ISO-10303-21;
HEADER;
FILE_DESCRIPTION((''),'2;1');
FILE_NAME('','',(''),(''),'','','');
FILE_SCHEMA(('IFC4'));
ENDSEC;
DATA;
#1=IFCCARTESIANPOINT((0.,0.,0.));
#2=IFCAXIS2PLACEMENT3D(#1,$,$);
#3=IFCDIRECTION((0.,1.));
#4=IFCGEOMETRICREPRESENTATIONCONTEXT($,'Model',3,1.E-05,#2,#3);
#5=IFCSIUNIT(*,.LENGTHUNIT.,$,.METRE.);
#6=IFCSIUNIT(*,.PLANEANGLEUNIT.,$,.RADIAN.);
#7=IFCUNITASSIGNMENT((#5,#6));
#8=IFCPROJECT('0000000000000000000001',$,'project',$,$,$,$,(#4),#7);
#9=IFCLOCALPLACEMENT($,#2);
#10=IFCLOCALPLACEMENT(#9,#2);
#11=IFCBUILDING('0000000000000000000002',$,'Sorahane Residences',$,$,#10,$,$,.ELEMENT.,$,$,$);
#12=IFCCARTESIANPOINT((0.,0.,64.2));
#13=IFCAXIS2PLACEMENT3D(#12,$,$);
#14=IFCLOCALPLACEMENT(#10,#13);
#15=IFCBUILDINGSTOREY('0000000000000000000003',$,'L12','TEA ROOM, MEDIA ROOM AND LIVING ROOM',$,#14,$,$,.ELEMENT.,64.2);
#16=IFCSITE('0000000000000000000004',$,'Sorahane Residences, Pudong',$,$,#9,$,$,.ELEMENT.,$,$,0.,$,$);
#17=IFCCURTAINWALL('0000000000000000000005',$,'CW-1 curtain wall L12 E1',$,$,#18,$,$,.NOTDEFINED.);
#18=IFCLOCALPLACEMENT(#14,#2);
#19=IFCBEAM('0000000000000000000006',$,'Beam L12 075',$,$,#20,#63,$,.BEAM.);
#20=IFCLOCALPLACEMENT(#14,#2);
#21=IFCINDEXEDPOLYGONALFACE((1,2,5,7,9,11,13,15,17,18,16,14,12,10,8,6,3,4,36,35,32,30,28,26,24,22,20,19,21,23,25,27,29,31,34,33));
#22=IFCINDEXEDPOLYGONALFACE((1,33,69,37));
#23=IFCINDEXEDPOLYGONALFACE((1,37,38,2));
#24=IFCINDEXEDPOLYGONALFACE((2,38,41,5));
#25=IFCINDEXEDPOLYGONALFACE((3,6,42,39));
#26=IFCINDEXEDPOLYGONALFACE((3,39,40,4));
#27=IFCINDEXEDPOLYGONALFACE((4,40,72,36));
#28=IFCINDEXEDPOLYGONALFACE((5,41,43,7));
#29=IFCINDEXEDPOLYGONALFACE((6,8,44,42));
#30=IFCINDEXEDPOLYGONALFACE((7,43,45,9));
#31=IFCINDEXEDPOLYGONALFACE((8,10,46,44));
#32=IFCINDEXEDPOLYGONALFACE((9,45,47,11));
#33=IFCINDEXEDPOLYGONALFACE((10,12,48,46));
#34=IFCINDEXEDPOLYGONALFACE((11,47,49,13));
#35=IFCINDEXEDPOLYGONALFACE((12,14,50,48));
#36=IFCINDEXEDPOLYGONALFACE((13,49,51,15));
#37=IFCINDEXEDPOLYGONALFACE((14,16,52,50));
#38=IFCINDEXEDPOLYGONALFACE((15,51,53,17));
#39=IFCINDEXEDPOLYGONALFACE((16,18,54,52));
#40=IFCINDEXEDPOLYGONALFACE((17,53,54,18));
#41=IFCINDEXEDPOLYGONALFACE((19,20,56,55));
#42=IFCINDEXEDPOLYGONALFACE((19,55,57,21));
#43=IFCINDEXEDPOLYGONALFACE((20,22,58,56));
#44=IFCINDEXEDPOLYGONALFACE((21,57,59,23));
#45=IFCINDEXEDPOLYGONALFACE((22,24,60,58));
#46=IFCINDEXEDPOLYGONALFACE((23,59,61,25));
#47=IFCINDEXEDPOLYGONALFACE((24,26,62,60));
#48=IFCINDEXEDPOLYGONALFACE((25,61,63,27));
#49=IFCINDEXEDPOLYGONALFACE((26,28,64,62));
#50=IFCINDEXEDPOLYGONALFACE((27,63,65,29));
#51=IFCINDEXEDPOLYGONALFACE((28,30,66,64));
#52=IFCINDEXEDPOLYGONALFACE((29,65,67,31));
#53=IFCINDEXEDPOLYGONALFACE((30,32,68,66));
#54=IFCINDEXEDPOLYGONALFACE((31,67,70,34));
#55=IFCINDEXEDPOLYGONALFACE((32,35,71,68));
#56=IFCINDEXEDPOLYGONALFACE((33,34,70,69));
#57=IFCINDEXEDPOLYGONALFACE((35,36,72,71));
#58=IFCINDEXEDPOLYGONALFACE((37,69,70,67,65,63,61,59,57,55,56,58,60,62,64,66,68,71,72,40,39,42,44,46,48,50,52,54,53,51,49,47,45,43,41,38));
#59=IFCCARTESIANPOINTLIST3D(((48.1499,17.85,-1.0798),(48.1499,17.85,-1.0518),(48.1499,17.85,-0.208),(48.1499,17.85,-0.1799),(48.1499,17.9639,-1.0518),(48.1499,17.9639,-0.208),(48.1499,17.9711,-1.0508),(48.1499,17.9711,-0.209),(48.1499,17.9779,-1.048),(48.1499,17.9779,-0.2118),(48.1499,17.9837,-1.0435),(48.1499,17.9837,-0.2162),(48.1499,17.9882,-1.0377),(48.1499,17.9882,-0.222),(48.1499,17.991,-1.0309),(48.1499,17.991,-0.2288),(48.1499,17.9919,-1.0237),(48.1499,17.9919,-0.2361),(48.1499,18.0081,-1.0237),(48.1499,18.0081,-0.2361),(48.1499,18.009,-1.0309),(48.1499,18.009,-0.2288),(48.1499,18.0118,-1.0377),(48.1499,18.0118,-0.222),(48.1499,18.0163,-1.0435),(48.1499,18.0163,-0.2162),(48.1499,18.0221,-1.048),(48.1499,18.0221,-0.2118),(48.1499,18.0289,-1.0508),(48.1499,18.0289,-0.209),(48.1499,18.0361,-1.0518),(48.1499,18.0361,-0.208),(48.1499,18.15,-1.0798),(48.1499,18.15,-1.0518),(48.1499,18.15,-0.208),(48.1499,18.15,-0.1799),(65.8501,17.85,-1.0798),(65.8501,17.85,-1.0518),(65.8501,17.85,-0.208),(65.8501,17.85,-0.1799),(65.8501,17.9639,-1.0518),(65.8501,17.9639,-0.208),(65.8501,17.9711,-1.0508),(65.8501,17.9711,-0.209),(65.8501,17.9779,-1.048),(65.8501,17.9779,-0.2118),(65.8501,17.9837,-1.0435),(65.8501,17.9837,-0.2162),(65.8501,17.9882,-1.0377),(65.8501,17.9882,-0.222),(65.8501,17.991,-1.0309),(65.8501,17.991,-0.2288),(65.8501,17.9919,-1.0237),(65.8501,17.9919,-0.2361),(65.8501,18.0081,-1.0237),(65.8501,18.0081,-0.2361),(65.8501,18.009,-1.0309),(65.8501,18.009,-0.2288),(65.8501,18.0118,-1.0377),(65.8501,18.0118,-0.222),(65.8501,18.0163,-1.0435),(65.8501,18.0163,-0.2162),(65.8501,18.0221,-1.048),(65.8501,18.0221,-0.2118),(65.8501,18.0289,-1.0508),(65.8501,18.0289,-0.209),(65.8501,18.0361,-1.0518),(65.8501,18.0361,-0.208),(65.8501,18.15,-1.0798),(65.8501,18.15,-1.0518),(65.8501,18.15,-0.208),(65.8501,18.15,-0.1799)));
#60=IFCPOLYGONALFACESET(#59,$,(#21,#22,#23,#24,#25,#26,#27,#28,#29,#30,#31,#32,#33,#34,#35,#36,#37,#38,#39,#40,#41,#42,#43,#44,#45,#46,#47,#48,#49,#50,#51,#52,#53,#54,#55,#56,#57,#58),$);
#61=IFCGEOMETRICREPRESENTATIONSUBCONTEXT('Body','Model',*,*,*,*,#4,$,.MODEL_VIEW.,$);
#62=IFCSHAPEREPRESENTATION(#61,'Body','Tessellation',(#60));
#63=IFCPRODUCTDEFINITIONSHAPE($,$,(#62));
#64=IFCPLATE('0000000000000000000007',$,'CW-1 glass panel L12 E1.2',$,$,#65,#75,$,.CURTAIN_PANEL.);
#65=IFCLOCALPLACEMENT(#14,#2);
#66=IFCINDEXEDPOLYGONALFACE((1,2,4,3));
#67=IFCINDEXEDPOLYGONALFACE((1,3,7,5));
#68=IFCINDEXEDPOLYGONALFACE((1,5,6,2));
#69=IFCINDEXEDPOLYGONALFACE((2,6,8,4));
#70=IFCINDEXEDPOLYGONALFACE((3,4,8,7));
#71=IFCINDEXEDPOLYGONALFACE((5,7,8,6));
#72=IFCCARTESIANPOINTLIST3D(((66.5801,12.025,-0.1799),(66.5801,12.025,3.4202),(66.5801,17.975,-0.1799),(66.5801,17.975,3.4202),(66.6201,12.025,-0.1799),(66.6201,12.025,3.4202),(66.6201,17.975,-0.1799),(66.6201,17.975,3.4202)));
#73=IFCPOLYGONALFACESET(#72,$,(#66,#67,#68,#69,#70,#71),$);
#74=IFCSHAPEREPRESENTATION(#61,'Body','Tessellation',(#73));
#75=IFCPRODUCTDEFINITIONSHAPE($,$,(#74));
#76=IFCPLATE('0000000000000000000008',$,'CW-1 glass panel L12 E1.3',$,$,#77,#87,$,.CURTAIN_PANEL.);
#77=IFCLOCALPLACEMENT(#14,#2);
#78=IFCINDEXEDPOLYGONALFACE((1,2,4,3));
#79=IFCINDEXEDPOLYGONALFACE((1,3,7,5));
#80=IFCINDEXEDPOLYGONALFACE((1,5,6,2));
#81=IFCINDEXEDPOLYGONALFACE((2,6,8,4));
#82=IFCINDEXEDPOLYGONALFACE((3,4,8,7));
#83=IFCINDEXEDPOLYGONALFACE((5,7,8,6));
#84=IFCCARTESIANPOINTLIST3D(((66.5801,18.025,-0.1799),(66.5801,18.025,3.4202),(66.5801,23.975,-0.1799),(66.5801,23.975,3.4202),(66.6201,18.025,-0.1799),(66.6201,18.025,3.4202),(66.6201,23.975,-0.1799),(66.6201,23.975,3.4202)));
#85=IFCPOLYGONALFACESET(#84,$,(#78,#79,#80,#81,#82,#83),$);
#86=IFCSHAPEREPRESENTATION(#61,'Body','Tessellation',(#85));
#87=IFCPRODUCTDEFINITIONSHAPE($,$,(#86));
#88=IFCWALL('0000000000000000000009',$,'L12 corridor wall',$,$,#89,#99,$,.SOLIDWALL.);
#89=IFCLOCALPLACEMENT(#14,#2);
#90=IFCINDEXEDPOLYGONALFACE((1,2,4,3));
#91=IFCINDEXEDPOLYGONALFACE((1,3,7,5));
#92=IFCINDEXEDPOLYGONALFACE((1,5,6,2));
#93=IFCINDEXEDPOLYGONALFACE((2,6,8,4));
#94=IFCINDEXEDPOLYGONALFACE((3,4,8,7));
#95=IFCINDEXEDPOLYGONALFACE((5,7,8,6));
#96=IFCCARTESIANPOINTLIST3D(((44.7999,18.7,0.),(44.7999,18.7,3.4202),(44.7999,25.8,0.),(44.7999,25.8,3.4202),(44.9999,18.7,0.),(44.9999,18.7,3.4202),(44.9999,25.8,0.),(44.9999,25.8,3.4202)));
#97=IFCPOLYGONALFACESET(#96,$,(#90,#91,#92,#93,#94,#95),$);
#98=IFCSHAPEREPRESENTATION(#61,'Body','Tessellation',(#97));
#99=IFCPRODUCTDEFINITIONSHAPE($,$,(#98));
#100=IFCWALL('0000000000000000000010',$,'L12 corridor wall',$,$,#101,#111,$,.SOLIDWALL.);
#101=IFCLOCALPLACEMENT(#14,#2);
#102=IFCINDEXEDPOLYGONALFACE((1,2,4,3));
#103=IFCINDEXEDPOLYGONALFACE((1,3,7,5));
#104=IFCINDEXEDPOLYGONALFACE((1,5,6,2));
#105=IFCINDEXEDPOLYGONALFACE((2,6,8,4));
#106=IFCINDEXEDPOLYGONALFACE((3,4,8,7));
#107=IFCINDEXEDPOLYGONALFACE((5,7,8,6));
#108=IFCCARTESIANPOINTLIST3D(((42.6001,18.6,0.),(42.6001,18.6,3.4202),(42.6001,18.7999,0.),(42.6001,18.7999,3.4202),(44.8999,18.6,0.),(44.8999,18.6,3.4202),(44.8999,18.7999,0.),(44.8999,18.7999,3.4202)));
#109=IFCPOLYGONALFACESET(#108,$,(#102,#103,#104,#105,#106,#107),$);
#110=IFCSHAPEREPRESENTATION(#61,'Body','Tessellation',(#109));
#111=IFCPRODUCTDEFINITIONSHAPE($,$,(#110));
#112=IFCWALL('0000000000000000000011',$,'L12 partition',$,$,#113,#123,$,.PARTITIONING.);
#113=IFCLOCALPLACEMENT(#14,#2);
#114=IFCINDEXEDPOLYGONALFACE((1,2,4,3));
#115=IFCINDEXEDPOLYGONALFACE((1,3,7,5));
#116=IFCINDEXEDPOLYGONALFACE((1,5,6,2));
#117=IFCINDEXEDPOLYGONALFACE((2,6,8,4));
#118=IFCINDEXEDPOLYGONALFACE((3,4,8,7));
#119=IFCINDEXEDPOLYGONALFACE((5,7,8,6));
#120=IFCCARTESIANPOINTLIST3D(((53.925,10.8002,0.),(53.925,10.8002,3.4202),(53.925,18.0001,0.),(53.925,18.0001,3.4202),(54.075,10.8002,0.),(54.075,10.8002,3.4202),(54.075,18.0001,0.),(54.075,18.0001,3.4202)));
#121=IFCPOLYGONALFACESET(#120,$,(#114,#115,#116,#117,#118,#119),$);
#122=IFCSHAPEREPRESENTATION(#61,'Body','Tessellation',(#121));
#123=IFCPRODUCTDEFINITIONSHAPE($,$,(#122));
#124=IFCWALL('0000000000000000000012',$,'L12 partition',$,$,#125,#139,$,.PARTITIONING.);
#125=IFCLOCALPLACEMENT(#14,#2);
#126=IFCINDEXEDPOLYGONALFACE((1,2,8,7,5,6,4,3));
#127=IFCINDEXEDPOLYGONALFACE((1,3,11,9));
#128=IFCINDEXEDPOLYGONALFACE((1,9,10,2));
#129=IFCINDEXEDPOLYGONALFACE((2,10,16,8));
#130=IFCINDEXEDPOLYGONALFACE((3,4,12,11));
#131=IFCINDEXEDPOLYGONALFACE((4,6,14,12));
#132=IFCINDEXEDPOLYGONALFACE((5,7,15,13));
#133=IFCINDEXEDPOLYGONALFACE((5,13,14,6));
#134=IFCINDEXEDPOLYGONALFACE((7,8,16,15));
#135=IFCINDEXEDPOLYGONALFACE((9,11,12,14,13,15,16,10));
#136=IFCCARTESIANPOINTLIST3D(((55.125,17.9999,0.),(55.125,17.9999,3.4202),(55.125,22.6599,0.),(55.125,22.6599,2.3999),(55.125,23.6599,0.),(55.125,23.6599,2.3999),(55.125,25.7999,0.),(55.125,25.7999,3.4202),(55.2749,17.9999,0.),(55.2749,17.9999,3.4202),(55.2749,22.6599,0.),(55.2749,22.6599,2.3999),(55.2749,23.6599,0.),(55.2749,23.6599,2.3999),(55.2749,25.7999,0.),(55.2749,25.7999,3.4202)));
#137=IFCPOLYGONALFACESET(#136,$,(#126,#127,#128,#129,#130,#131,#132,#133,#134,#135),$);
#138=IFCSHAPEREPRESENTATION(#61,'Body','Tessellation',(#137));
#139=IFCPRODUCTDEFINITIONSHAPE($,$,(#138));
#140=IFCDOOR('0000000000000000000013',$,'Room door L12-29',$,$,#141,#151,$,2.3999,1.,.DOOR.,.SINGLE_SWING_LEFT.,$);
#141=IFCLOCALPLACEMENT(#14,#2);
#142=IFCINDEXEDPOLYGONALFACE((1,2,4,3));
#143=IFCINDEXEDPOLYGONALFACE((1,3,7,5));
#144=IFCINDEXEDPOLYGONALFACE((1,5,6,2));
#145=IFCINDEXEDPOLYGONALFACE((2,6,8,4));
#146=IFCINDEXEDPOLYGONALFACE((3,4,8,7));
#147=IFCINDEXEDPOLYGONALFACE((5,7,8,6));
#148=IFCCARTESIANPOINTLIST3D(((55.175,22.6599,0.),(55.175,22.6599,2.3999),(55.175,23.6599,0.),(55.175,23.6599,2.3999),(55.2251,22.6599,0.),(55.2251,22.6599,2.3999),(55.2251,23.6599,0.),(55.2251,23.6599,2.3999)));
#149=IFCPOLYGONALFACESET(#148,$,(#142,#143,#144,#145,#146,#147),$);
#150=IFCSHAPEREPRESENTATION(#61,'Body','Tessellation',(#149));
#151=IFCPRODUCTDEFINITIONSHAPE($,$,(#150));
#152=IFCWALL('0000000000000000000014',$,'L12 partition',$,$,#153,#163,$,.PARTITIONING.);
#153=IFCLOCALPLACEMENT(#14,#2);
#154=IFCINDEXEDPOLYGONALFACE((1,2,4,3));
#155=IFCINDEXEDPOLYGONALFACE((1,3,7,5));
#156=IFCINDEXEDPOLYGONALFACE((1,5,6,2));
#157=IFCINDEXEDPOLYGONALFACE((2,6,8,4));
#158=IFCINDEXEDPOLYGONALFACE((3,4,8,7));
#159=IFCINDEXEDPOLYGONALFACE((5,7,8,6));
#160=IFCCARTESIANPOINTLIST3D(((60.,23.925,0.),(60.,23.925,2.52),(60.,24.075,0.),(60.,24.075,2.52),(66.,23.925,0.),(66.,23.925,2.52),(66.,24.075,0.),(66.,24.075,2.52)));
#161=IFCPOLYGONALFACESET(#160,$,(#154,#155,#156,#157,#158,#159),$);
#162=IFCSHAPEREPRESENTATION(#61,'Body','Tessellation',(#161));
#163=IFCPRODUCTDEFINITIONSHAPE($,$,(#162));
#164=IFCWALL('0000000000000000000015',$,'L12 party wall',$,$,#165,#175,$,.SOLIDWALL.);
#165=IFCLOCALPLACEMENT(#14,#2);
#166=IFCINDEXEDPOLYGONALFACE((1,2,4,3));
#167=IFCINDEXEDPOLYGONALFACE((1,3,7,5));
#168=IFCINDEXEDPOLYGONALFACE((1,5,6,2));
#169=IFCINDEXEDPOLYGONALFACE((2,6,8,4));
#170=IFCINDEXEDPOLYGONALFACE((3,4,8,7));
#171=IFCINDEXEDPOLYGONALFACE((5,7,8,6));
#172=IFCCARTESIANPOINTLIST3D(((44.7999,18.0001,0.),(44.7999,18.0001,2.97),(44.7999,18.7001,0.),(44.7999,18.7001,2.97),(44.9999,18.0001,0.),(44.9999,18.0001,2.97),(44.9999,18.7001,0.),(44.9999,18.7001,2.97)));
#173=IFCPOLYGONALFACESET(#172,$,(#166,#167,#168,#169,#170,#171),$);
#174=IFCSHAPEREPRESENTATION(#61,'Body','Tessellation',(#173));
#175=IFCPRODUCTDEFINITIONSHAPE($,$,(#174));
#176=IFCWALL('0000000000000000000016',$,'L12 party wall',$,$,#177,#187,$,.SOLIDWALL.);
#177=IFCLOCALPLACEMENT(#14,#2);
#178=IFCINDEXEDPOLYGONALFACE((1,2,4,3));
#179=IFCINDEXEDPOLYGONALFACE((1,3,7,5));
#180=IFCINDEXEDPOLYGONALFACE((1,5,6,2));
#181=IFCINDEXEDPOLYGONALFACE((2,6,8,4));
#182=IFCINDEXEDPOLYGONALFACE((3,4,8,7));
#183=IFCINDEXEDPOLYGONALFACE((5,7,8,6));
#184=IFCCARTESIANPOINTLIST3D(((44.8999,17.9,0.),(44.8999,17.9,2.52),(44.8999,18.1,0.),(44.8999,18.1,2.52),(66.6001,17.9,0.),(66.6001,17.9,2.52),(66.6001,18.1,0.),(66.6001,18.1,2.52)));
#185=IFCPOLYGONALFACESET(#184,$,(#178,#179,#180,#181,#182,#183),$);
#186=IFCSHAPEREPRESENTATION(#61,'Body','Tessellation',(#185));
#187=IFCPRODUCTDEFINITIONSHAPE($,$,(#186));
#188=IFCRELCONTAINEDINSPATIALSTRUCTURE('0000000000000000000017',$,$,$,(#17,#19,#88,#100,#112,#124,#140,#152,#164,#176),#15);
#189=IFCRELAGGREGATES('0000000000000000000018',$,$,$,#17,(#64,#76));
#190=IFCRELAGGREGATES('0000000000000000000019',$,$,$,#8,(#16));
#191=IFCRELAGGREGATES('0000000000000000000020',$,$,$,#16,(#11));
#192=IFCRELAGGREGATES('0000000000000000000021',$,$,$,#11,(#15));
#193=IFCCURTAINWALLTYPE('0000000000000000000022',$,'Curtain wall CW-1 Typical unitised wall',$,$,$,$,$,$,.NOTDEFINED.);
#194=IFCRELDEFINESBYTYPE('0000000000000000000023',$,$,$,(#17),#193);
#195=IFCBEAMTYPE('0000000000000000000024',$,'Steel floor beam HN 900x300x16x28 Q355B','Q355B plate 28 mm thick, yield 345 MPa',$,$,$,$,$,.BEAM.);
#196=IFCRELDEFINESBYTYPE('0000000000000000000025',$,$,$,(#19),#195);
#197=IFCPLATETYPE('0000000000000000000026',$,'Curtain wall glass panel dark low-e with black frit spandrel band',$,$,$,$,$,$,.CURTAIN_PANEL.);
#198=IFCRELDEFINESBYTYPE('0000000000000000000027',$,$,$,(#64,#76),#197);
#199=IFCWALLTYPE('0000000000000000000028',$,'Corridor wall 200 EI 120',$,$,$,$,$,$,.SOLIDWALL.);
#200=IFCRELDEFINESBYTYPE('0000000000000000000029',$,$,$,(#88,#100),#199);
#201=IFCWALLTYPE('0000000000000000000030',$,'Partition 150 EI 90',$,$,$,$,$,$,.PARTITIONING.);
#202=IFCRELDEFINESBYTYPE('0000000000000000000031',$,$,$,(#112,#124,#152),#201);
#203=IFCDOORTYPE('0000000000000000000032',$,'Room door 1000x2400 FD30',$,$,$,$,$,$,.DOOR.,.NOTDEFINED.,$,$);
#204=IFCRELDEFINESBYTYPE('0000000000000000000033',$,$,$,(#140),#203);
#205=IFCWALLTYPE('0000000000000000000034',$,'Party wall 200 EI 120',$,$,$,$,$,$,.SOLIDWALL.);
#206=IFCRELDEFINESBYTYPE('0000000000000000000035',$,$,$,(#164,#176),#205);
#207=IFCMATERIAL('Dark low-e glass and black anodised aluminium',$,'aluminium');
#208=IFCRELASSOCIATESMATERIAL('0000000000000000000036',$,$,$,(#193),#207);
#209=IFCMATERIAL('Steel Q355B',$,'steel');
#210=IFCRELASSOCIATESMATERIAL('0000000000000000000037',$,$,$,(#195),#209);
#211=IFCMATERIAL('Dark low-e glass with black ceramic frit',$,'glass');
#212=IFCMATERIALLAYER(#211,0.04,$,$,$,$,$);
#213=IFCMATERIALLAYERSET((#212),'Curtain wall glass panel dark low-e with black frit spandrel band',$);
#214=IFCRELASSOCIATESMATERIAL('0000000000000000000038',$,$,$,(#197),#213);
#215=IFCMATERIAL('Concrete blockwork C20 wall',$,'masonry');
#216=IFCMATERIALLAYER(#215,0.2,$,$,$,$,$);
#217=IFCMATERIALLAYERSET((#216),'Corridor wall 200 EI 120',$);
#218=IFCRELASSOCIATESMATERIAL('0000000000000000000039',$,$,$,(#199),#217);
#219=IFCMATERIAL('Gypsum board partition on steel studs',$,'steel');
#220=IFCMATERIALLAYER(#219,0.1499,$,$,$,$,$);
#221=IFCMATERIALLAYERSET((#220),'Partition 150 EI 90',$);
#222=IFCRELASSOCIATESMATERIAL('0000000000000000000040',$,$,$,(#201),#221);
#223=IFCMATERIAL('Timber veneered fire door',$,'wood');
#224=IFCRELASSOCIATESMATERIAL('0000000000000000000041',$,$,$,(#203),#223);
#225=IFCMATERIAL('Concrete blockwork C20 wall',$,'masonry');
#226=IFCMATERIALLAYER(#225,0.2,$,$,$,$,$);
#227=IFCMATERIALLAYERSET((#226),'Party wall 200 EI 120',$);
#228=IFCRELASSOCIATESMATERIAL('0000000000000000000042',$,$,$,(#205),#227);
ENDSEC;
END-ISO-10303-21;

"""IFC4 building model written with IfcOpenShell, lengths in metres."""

from ifc_helpers import new_model, si_unit, direction, frame, frame_2d, origin, origin_2d, place, context, subcontext, project, spatial, rectangle, i_section, extrude, material, layer, layer_set, material_profile, profile_set, type_object, element, fill, aggregate, save


model = new_model("IFC4")

# Units and contexts
model_context = context("Model", 3, precision=1e-05, world=origin(), true_north=direction((0.0, 1.0)))
body_context = subcontext(model_context, "Body", "Model", "MODEL_VIEW")
ifc_project = project(units=[si_unit("LENGTHUNIT", "METRE"), si_unit("PLANEANGLEUNIT", "RADIAN")], contexts=[model_context])

# Site, building, storey
site_placement = place(None, origin())
site = spatial("IfcSite", under=ifc_project, at=site_placement, Name="Sorahane Residences, Pudong", CompositionType="ELEMENT", RefElevation=0.0)
building_placement = place(site_placement, origin())
building = spatial("IfcBuilding", under=site, at=building_placement, Name="Sorahane Residences", CompositionType="ELEMENT")
storey_placement = place(building_placement, frame((0.0, 0.0, 64.2)))
storey = spatial("IfcBuildingStorey", under=building, at=storey_placement, Name="L12", Description="TEA ROOM, MEDIA ROOM AND LIVING ROOM", CompositionType="ELEMENT", Elevation=64.2)

# Curtain wall
ifc_material_1 = material(Name="Dark low-e glass and black anodised aluminium", Category="aluminium")
curtain_wall_type = type_object("IfcCurtainWallType", Name="Curtain wall CW-1 Typical unitised wall", PredefinedType="NOTDEFINED", material=ifc_material_1)
curtain_wall_placement = place(storey_placement, origin())
curtain_wall = element("IfcCurtainWall", 1, at=curtain_wall_placement, inside=storey, type_object=curtain_wall_type, Name="CW-1 curtain wall L12 E1", PredefinedType="NOTDEFINED")

# Beam
ifc_material_2 = material(Name="Steel Q355B", Category="steel")
ifc_material_profile_1 = material_profile(ifc_material_2, i_section(OverallWidth=0.3, OverallDepth=0.8999, WebThickness=0.0161, FlangeThickness=0.0281, FilletRadius=0.0281, at=origin_2d()), Name="HN 900x300x16x28")
ifc_profile_set_1 = profile_set([ifc_material_profile_1], Name="Steel Q355B")
beam_type_1 = type_object("IfcBeamType", Name="Steel floor beam HN 900x300x16x28 Q355B", Description="Q355B plate 28 mm thick, yield 345 MPa", PredefinedType="BEAM", material=ifc_profile_set_1)
beam_1_placement = place(storey_placement, frame((48.1499, 18.0, -0.6299), z_axis=(1.0, 0.0, 0.0), x_axis=(0.0, 1.0, 0.0)))
element("IfcBeam", 2, at=beam_1_placement, inside=storey, type_object=beam_type_1, Name="Beam L12 075", PredefinedType="BEAM", context=body_context, shape_type="SweptSolid", body=[
    extrude(i_section(OverallWidth=0.3, OverallDepth=0.8999, WebThickness=0.0161, FlangeThickness=0.0281, FilletRadius=0.0281, at=origin_2d()), origin(), (0.0, 0.0, 1.0), 17.7002),
])

# Plates
ifc_material_3 = material(Name="Dark low-e glass with black ceramic frit", Category="glass")
ifc_layer_1 = layer(ifc_material_3, 0.04)
ifc_layer_set_1 = layer_set([ifc_layer_1], Name="Curtain wall glass panel dark low-e with black frit spandrel band")
plate_type = type_object("IfcPlateType", Name="Curtain wall glass panel dark low-e with black frit spandrel band", PredefinedType="CURTAIN_PANEL", material=ifc_layer_set_1)
plate_1_placement = place(storey_placement, frame((66.6001, 15.0, -0.1799), z_axis=(0.0, 0.0, 1.0), x_axis=(0.0, 1.0, 0.0)))
plate_1 = element("IfcPlate", 3, at=plate_1_placement, type_object=plate_type, Name="CW-1 glass panel L12 E1.2", PredefinedType="CURTAIN_PANEL", context=body_context, shape_type="SweptSolid", body=[
    extrude(rectangle(XDim=5.95, YDim=0.04, at=origin_2d()), origin(), (0.0, 0.0, 1.0), 3.6001),
])
plate_2_placement = place(storey_placement, frame((66.6001, 21.0, -0.1799), z_axis=(0.0, 0.0, 1.0), x_axis=(0.0, 1.0, 0.0)))
plate_2 = element("IfcPlate", 4, at=plate_2_placement, type_object=plate_type, Name="CW-1 glass panel L12 E1.3", PredefinedType="CURTAIN_PANEL", context=body_context, shape_type="SweptSolid", body=[
    extrude(rectangle(XDim=5.95, YDim=0.04, at=origin_2d()), origin(), (0.0, 0.0, 1.0), 3.6001),
])
aggregate(curtain_wall, [plate_1, plate_2])

# Walls
ifc_material_4 = material(Name="Concrete blockwork C20 wall", Category="masonry")
ifc_layer_2 = layer(ifc_material_4, 0.2)
ifc_layer_set_2 = layer_set([ifc_layer_2], Name="Corridor wall 200 EI 120")
wall_type_1 = type_object("IfcWallType", Name="Corridor wall 200 EI 120", PredefinedType="SOLIDWALL", material=ifc_layer_set_2)
wall_1_placement = place(storey_placement, frame((44.8999, 18.7, 0.0), z_axis=(0.0, 0.0, 1.0), x_axis=(0.0, 1.0, 0.0)))
element("IfcWall", 5, at=wall_1_placement, inside=storey, type_object=wall_type_1, Name="L12 corridor wall", PredefinedType="SOLIDWALL", context=body_context, shape_type="SweptSolid", body=[
    extrude(rectangle(XDim=7.1001, YDim=0.2, at=frame_2d((3.55, 0.0))), origin(), (0.0, 0.0, 1.0), 3.4202),
])
wall_2_placement = place(storey_placement, frame((42.6001, 18.7, 0.0), z_axis=(0.0, 0.0, 1.0), x_axis=(1.0, 0.0, 0.0)))
element("IfcWall", 6, at=wall_2_placement, inside=storey, type_object=wall_type_1, Name="L12 corridor wall", PredefinedType="SOLIDWALL", context=body_context, shape_type="SweptSolid", body=[
    extrude(rectangle(XDim=2.2998, YDim=0.2, at=frame_2d((1.1499, 0.0))), origin(), (0.0, 0.0, 1.0), 3.4202),
])
ifc_material_5 = material(Name="Gypsum board partition on steel studs", Category="steel")
ifc_layer_3 = layer(ifc_material_5, 0.1499)
ifc_layer_set_3 = layer_set([ifc_layer_3], Name="Partition 150 EI 90")
wall_type_2 = type_object("IfcWallType", Name="Partition 150 EI 90", PredefinedType="PARTITIONING", material=ifc_layer_set_3)
wall_3_placement = place(storey_placement, frame((54.0, 10.8, 0.0), z_axis=(0.0, 0.0, 1.0), x_axis=(0.0, 1.0, 0.0)))
element("IfcWall", 7, at=wall_3_placement, inside=storey, type_object=wall_type_2, Name="L12 partition", PredefinedType="PARTITIONING", context=body_context, shape_type="SweptSolid", body=[
    extrude(rectangle(XDim=7.2, YDim=0.1499, at=frame_2d((3.6001, 0.0))), origin(), (0.0, 0.0, 1.0), 3.4202),
])

# Wall, opening, door
wall_4_placement = place(storey_placement, frame((55.2, 18.0, 0.0), z_axis=(0.0, 0.0, 1.0), x_axis=(0.0, 1.0, 0.0)))
wall_4 = element("IfcWall", 8, at=wall_4_placement, inside=storey, type_object=wall_type_2, Name="L12 partition", PredefinedType="PARTITIONING", context=body_context, shape_type="SweptSolid", body=[
    extrude(rectangle(XDim=7.8, YDim=0.1499, at=frame_2d((3.8999, 0.0))), origin(), (0.0, 0.0, 1.0), 3.4202),
])
opening_1_placement = place(wall_4_placement, frame((4.6599, 0.0, 0.0)))
opening_1 = element("IfcOpeningElement", 9, at=opening_1_placement, cuts=wall_4, PredefinedType="OPENING", context=body_context, shape_type="SweptSolid", body=[
    extrude(rectangle(XDim=1.0, YDim=2.3999, at=frame_2d((0.5, 1.2))), frame((0.0, 0.085, 0.0), z_axis=(0.0, -1.0, 0.0), x_axis=(1.0, 0.0, 0.0)), (0.0, 0.0, 1.0), 0.1699),
])
ifc_material_6 = material(Name="Timber veneered fire door", Category="wood")
door_type_1 = type_object("IfcDoorType", Name="Room door 1000x2400 FD30", OperationType="NOTDEFINED", PredefinedType="DOOR", material=ifc_material_6)
door_1_placement = place(opening_1_placement, origin())
door_1 = element("IfcDoor", 10, at=door_1_placement, inside=storey, type_object=door_type_1, Name="Room door L12-29", OperationType="SINGLE_SWING_LEFT", OverallHeight=2.3999, OverallWidth=1.0, PredefinedType="DOOR", context=body_context, shape_type="SweptSolid", body=[
    extrude(rectangle(XDim=1.0, YDim=2.3999, at=frame_2d((0.5, 1.2))), frame((0.0, 0.0249, 0.0), z_axis=(0.0, -1.0, 0.0), x_axis=(1.0, 0.0, 0.0)), (0.0, 0.0, 1.0), 0.05),
])
fill(opening_1, door_1)

# Walls
wall_5_placement = place(storey_placement, frame((60.0, 24.0, 0.0), z_axis=(0.0, 0.0, 1.0), x_axis=(1.0, 0.0, 0.0)))
element("IfcWall", 11, at=wall_5_placement, inside=storey, type_object=wall_type_2, Name="L12 partition", PredefinedType="PARTITIONING", context=body_context, shape_type="SweptSolid", body=[
    extrude(rectangle(XDim=6.0, YDim=0.1499, at=frame_2d((3.0, 0.0))), origin(), (0.0, 0.0, 1.0), 2.52),
])
ifc_material_7 = material(Name="Concrete blockwork C20 wall", Category="masonry")
ifc_layer_4 = layer(ifc_material_7, 0.2)
ifc_layer_set_4 = layer_set([ifc_layer_4], Name="Party wall 200 EI 120")
wall_type_3 = type_object("IfcWallType", Name="Party wall 200 EI 120", PredefinedType="SOLIDWALL", material=ifc_layer_set_4)
wall_6_placement = place(storey_placement, frame((44.8999, 18.0, 0.0), z_axis=(0.0, 0.0, 1.0), x_axis=(0.0, 1.0, 0.0)))
element("IfcWall", 12, at=wall_6_placement, inside=storey, type_object=wall_type_3, Name="L12 party wall", PredefinedType="SOLIDWALL", context=body_context, shape_type="SweptSolid", body=[
    extrude(rectangle(XDim=0.7, YDim=0.2, at=frame_2d((0.3501, 0.0))), origin(), (0.0, 0.0, 1.0), 2.97),
])
wall_7_placement = place(storey_placement, frame((44.8999, 18.0, 0.0), z_axis=(0.0, 0.0, 1.0), x_axis=(1.0, 0.0, 0.0)))
element("IfcWall", 13, at=wall_7_placement, inside=storey, type_object=wall_type_3, Name="L12 party wall", PredefinedType="SOLIDWALL", context=body_context, shape_type="SweptSolid", body=[
    extrude(rectangle(XDim=21.7002, YDim=0.2, at=frame_2d((10.8501, 0.0))), origin(), (0.0, 0.0, 1.0), 2.52),
])

save(model, "model.ifc")
